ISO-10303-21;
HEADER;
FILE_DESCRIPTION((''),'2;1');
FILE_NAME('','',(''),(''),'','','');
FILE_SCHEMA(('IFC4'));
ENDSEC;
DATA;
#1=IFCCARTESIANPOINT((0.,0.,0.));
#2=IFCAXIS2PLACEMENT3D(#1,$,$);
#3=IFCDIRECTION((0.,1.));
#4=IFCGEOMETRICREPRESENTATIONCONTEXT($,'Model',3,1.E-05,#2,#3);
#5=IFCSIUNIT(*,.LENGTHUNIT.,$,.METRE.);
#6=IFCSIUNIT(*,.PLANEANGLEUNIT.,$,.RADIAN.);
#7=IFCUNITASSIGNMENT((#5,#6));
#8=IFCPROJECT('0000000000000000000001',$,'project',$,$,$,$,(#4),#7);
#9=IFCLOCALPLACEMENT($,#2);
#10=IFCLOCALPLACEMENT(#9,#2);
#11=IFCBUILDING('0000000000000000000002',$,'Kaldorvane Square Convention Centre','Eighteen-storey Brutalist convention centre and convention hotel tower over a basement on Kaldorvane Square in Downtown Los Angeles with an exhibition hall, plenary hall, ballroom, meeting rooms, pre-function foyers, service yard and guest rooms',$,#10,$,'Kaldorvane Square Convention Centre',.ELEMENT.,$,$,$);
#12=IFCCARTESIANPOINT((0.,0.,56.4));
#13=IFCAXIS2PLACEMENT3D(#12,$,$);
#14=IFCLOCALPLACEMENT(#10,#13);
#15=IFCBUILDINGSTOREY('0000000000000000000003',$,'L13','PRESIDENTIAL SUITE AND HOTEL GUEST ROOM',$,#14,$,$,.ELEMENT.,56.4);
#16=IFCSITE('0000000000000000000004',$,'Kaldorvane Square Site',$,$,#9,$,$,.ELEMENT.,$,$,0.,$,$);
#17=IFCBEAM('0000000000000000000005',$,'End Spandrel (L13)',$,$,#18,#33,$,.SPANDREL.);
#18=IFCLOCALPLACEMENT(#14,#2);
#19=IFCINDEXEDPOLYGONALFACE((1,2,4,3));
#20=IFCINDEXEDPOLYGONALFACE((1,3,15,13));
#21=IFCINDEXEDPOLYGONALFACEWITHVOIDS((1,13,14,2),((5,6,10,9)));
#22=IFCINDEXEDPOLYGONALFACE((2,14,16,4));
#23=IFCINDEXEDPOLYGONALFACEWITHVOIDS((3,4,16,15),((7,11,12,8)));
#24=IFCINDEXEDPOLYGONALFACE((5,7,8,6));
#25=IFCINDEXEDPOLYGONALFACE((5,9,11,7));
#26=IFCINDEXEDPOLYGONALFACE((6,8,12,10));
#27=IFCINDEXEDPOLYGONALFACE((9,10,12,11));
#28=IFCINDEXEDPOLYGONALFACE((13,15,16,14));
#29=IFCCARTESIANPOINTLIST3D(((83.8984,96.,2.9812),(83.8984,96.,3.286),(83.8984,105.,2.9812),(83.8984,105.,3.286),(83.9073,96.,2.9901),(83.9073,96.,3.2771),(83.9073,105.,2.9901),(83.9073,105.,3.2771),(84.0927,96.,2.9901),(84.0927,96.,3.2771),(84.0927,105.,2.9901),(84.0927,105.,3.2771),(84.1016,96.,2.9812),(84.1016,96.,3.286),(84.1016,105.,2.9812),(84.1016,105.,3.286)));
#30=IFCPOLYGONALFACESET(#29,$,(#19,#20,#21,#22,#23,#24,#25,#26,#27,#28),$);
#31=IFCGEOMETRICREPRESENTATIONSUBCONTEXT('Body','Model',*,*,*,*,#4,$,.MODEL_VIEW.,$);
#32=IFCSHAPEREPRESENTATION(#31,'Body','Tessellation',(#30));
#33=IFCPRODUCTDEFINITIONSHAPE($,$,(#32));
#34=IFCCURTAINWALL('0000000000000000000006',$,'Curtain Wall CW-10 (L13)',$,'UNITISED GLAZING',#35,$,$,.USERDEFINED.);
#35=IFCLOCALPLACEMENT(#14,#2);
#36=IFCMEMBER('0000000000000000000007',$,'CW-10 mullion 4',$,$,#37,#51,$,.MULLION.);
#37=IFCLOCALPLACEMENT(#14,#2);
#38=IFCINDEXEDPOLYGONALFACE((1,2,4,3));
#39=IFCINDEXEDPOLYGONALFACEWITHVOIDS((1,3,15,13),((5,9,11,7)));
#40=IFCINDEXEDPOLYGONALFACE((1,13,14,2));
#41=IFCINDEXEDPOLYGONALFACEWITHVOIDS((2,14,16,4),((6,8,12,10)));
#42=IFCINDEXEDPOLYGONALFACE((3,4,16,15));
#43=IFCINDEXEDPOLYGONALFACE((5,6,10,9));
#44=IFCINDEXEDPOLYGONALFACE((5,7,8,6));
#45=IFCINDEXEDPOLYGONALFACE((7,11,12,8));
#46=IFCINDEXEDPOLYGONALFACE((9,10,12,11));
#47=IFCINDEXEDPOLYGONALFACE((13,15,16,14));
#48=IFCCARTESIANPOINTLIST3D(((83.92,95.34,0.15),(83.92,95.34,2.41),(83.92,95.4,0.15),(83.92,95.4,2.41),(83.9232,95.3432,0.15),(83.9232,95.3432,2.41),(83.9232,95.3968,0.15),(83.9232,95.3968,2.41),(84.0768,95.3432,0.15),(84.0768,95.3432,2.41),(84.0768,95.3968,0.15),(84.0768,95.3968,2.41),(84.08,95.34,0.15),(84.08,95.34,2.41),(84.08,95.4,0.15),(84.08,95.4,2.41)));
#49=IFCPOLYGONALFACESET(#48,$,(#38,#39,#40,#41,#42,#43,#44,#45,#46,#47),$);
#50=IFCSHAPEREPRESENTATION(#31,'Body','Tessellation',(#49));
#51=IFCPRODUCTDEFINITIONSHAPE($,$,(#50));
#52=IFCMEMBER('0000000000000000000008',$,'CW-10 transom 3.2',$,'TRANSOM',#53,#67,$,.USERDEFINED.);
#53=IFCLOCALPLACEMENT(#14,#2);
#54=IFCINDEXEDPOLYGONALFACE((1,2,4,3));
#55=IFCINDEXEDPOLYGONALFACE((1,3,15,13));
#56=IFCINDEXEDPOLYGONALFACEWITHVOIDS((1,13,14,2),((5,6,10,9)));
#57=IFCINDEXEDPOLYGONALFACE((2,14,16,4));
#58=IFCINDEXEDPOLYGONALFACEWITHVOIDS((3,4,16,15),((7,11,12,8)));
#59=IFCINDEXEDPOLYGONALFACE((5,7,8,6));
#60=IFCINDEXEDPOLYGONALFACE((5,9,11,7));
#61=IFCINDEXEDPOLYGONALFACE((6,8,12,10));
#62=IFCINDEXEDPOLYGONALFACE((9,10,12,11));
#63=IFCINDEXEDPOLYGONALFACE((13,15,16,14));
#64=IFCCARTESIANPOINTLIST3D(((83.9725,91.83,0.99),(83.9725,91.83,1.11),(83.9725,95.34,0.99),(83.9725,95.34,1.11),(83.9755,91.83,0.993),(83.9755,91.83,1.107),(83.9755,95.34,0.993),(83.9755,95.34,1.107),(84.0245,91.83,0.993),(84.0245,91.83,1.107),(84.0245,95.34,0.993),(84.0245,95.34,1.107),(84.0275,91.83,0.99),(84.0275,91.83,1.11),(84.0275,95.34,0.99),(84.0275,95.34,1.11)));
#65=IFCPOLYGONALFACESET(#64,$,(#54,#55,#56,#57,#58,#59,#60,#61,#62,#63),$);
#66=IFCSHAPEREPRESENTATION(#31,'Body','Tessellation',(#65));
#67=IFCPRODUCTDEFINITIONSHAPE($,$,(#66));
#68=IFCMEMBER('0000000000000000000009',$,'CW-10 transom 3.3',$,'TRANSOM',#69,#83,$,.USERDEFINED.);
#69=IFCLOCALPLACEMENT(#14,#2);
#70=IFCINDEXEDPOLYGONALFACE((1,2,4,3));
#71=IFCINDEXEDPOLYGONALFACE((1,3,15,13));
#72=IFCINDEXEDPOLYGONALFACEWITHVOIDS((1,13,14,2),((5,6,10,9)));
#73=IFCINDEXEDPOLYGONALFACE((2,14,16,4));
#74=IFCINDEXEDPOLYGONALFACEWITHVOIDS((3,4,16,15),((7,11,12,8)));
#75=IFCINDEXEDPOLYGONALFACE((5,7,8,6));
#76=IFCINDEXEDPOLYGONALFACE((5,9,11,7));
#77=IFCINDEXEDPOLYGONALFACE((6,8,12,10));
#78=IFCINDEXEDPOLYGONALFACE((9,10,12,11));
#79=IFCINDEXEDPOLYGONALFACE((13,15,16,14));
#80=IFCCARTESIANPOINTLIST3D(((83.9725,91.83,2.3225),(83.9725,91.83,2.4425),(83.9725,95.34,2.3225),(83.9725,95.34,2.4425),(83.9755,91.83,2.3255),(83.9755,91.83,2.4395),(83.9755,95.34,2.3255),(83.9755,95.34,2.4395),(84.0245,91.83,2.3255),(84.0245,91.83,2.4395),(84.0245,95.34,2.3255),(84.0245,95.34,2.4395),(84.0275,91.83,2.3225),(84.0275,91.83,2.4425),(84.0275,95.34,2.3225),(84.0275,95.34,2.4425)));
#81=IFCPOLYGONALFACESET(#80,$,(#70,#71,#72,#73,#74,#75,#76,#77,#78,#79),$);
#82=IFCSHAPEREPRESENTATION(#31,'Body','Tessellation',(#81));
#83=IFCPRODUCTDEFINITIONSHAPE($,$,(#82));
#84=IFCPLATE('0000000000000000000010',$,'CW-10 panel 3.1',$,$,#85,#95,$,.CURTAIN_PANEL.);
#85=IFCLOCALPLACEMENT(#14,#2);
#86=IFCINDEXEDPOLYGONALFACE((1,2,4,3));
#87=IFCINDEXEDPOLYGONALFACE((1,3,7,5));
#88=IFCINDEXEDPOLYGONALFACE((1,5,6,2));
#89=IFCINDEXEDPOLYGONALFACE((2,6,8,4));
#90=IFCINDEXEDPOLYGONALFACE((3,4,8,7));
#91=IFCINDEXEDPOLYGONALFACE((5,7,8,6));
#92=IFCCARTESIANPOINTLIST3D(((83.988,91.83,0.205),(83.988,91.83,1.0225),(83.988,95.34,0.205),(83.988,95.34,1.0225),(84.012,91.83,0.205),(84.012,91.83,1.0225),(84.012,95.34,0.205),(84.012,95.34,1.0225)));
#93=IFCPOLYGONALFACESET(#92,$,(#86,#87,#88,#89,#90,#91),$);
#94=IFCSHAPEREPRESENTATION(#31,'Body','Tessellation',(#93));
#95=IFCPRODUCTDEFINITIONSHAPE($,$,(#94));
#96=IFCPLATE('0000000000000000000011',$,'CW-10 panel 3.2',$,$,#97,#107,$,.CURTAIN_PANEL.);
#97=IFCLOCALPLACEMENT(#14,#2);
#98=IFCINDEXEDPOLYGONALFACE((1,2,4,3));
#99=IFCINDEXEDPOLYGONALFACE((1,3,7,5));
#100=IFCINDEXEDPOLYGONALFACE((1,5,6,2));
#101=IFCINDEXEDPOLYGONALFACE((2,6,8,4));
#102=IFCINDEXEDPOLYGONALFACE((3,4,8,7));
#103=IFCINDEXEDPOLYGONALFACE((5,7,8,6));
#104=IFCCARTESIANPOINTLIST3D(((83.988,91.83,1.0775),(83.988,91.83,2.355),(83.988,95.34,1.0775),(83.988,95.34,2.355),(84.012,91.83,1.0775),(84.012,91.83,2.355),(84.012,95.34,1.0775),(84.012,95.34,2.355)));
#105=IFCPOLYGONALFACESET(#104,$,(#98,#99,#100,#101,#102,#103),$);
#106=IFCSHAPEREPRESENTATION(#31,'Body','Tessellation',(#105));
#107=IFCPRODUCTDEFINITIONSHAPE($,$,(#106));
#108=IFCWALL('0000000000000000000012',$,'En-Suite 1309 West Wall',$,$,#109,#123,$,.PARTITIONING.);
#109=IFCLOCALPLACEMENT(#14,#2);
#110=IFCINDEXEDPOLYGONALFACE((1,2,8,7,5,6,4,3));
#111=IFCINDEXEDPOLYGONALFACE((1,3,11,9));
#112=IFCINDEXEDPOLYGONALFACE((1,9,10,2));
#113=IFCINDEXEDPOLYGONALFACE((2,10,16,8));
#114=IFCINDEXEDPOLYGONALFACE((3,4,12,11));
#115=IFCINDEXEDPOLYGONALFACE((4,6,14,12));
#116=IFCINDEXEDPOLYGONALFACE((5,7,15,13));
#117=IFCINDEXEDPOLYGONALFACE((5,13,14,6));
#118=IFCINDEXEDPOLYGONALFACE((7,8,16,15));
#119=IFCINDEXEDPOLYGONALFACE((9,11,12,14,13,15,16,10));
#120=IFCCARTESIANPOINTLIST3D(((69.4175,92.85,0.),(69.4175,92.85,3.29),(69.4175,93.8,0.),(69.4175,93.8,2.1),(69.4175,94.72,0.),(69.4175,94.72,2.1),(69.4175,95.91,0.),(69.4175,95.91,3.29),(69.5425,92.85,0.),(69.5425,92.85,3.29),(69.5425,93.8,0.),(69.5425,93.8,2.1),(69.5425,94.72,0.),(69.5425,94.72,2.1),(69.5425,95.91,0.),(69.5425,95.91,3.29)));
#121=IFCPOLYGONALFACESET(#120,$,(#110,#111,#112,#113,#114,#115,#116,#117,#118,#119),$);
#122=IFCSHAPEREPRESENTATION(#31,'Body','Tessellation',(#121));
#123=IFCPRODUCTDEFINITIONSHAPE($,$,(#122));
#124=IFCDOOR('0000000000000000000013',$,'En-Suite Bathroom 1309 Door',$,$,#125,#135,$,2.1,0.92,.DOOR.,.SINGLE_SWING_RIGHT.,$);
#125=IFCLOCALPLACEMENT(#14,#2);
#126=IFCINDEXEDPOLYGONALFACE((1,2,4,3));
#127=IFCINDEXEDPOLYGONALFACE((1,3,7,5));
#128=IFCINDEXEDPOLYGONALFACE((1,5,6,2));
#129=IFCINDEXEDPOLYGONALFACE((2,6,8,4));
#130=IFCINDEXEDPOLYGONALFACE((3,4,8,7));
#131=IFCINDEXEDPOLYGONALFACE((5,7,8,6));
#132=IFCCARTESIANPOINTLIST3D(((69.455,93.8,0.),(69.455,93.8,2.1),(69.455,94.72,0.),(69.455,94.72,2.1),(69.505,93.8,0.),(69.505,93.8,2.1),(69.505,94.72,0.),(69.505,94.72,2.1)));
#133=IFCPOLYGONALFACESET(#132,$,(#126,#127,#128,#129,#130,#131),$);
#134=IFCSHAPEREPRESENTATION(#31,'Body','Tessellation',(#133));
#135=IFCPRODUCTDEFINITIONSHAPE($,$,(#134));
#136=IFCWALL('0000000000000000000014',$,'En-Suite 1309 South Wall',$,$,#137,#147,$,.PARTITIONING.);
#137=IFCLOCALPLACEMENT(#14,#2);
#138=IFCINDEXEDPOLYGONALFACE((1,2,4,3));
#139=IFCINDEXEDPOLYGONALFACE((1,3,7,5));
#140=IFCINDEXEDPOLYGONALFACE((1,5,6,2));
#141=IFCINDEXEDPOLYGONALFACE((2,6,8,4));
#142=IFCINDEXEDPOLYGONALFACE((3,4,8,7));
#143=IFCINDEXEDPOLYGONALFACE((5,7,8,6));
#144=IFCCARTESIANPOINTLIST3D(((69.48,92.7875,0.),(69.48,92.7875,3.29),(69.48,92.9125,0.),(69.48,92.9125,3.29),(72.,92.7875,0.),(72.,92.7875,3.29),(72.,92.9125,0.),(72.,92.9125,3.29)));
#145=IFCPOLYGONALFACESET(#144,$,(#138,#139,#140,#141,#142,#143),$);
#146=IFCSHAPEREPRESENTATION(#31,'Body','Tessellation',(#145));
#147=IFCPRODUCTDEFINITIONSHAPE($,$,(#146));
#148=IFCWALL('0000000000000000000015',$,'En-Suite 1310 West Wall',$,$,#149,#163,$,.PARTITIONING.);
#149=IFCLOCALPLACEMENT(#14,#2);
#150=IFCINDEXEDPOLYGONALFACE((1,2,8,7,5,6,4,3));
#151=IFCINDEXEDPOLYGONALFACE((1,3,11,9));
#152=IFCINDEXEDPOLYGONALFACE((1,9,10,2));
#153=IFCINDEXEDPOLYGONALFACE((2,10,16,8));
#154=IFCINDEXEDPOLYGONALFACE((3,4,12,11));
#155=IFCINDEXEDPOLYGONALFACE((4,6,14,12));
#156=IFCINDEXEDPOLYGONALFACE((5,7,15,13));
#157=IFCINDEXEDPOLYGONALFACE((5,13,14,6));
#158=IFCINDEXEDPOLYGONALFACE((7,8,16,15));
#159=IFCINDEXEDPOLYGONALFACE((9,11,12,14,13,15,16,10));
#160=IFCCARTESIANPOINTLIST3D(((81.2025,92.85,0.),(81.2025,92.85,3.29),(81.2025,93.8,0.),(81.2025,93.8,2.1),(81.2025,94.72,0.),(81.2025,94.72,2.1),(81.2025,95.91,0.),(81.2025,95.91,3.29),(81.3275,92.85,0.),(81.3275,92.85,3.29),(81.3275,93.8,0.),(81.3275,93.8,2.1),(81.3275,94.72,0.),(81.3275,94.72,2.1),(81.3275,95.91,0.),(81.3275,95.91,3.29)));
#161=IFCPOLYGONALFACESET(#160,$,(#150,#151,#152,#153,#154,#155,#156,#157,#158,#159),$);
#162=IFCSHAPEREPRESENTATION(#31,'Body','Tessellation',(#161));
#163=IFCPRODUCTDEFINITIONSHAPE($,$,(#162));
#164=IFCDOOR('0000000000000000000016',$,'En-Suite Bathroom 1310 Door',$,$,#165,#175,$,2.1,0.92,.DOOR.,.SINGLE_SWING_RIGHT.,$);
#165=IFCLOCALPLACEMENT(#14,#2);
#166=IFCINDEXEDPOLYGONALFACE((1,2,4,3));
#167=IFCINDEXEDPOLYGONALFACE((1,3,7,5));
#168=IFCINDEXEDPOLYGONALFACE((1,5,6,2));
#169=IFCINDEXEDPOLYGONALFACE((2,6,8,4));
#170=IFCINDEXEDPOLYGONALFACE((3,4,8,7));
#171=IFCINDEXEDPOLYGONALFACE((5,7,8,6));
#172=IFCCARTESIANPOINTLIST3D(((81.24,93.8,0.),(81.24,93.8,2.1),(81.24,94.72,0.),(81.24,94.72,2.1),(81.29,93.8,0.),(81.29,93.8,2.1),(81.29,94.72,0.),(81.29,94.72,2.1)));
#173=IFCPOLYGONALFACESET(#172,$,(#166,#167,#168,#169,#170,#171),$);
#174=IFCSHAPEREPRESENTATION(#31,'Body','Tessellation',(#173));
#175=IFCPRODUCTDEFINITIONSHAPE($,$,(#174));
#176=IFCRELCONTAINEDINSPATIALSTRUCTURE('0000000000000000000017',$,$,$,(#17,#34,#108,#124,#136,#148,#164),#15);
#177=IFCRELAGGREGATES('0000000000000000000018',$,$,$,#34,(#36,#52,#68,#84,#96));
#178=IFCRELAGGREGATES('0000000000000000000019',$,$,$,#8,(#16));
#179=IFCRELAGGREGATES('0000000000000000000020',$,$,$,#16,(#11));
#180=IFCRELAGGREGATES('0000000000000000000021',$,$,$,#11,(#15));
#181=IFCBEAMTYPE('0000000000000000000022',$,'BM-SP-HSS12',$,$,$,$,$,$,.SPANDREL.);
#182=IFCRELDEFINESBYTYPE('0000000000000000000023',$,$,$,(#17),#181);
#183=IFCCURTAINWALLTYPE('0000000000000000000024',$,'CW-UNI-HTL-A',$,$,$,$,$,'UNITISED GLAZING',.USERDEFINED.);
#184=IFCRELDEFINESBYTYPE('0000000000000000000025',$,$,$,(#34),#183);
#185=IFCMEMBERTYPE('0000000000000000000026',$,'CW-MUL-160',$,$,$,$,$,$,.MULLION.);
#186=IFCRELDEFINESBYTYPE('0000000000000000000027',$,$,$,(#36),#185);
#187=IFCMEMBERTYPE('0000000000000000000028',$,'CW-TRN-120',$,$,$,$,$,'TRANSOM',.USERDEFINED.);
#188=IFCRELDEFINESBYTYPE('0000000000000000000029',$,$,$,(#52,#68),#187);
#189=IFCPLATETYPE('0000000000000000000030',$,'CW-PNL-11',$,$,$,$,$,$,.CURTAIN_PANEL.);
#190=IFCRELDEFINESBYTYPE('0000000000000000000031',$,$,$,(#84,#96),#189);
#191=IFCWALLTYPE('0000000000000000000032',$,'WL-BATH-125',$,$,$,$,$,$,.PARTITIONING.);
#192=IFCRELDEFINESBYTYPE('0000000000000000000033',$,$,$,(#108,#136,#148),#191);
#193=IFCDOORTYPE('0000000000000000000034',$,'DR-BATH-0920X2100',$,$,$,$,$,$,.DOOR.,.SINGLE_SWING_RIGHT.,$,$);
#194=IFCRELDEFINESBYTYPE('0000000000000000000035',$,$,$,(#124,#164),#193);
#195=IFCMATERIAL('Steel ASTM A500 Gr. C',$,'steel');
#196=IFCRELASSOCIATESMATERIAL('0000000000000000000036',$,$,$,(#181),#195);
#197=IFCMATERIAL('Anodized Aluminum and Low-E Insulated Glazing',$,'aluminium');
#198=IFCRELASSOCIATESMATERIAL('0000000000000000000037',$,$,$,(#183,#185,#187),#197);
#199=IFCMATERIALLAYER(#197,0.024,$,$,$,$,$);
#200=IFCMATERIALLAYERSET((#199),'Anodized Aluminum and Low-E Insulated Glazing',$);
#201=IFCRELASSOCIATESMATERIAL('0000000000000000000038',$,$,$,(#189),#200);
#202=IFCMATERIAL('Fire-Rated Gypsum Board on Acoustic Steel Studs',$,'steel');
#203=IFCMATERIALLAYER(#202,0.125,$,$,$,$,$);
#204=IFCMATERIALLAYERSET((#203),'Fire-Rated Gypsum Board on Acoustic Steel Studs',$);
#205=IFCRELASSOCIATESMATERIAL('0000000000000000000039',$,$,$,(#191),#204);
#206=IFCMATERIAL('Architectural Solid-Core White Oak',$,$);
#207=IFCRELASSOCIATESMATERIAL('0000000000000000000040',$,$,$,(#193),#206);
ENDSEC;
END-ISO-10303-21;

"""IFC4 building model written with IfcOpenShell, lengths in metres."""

from ifc_helpers import new_model, si_unit, direction, frame, frame_2d, origin, origin_2d, place, context, subcontext, project, spatial, rectangle, hollow_rectangle, extrude, material, layer, layer_set, material_profile, profile_set, type_object, element, fill, aggregate, save


model = new_model("IFC4")

# Units and contexts
model_context = context("Model", 3, precision=1e-05, world=origin(), true_north=direction((0.0, 1.0)))
body_context = subcontext(model_context, "Body", "Model", "MODEL_VIEW")
ifc_project = project(units=[si_unit("LENGTHUNIT", "METRE"), si_unit("PLANEANGLEUNIT", "RADIAN")], contexts=[model_context])

# Site, building, storey
site_placement = place(None, origin())
site = spatial("IfcSite", under=ifc_project, at=site_placement, Name="Kaldorvane Square Site", CompositionType="ELEMENT", RefElevation=0.0)
building_placement = place(site_placement, origin())
building = spatial("IfcBuilding", under=site, at=building_placement, Name="Kaldorvane Square Convention Centre", Description="Eighteen-storey Brutalist convention centre and convention hotel tower over a basement on Kaldorvane Square in Downtown Los Angeles with an exhibition hall, plenary hall, ballroom, meeting rooms, pre-function foyers, service yard and guest rooms", LongName="Kaldorvane Square Convention Centre", CompositionType="ELEMENT")
storey_placement = place(building_placement, frame((0.0, 0.0, 56.4)))
storey = spatial("IfcBuildingStorey", under=building, at=storey_placement, Name="L13", Description="PRESIDENTIAL SUITE AND HOTEL GUEST ROOM", CompositionType="ELEMENT", Elevation=56.4)

# Beam
ifc_material_1 = material(Name="Steel ASTM A500 Gr. C", Category="steel")
ifc_material_profile_1 = material_profile(ifc_material_1, hollow_rectangle(XDim=0.2032, YDim=0.3048, WallThickness=0.0089, at=origin_2d()), Name="HSS12X8X3/8")
ifc_profile_set_1 = profile_set([ifc_material_profile_1], Name="Steel ASTM A500 Gr. C")
beam_type_1 = type_object("IfcBeamType", Name="BM-SP-HSS12", PredefinedType="SPANDREL", material=ifc_profile_set_1)
beam_1_placement = place(storey_placement, frame((84.0, 96.0, 3.1336), z_axis=(0.0, 1.0, 0.0), x_axis=(-1.0, 0.0, 0.0)))
element("IfcBeam", 1, at=beam_1_placement, inside=storey, type_object=beam_type_1, Name="End Spandrel (L13)", PredefinedType="SPANDREL", context=body_context, shape_type="SweptSolid", body=[
    extrude(hollow_rectangle(XDim=0.2032, YDim=0.3048, WallThickness=0.0089, at=origin_2d()), origin(), (0.0, 0.0, 1.0), 9.0),
])

# Curtain wall, members, plates
ifc_material_2 = material(Name="Anodized Aluminum and Low-E Insulated Glazing", Category="aluminium")
curtain_wall_type = type_object("IfcCurtainWallType", Name="CW-UNI-HTL-A", ElementType="UNITISED GLAZING", PredefinedType="USERDEFINED", material=ifc_material_2)
curtain_wall_placement = place(storey_placement, origin())
curtain_wall = element("IfcCurtainWall", 2, at=curtain_wall_placement, inside=storey, type_object=curtain_wall_type, Name="Curtain Wall CW-10 (L13)", ObjectType="UNITISED GLAZING", PredefinedType="USERDEFINED")
ifc_material_profile_2 = material_profile(ifc_material_2, hollow_rectangle(XDim=0.06, YDim=0.16, WallThickness=0.0032, at=origin_2d()), Name="CWM-160X60")
ifc_profile_set_2 = profile_set([ifc_material_profile_2], Name="Anodized Aluminum and Low-E Insulated Glazing")
member_type_1 = type_object("IfcMemberType", Name="CW-MUL-160", PredefinedType="MULLION", material=ifc_profile_set_2)
member_1_placement = place(storey_placement, frame((84.0, 95.37, 0.15), z_axis=(0.0, 0.0, 1.0), x_axis=(0.0, 1.0, 0.0)))
member_1 = element("IfcMember", 3, at=member_1_placement, type_object=member_type_1, Name="CW-10 mullion 4", PredefinedType="MULLION", context=body_context, shape_type="SweptSolid", body=[
    extrude(hollow_rectangle(XDim=0.06, YDim=0.16, WallThickness=0.0032, at=origin_2d()), origin(), (0.0, 0.0, 1.0), 2.26),
])
ifc_material_profile_3 = material_profile(ifc_material_2, hollow_rectangle(XDim=0.055, YDim=0.12, WallThickness=0.003, at=origin_2d()), Name="CWT-120X55")
ifc_profile_set_3 = profile_set([ifc_material_profile_3], Name="Anodized Aluminum and Low-E Insulated Glazing")
member_type_2 = type_object("IfcMemberType", Name="CW-TRN-120", ElementType="TRANSOM", PredefinedType="USERDEFINED", material=ifc_profile_set_3)
member_2_placement = place(storey_placement, frame((84.0, 91.83, 1.05), z_axis=(0.0, 1.0, 0.0), x_axis=(-1.0, 0.0, 0.0)))
member_2 = element("IfcMember", 4, at=member_2_placement, type_object=member_type_2, Name="CW-10 transom 3.2", ObjectType="TRANSOM", PredefinedType="USERDEFINED", context=body_context, shape_type="SweptSolid", body=[
    extrude(hollow_rectangle(XDim=0.055, YDim=0.12, WallThickness=0.003, at=origin_2d()), origin(), (0.0, 0.0, 1.0), 3.51),
])
member_3_placement = place(storey_placement, frame((84.0, 91.83, 2.3825), z_axis=(0.0, 1.0, 0.0), x_axis=(-1.0, 0.0, 0.0)))
member_3 = element("IfcMember", 5, at=member_3_placement, type_object=member_type_2, Name="CW-10 transom 3.3", ObjectType="TRANSOM", PredefinedType="USERDEFINED", context=body_context, shape_type="SweptSolid", body=[
    extrude(hollow_rectangle(XDim=0.055, YDim=0.12, WallThickness=0.003, at=origin_2d()), origin(), (0.0, 0.0, 1.0), 3.51),
])
ifc_layer_1 = layer(ifc_material_2, 0.024)
ifc_layer_set_1 = layer_set([ifc_layer_1], Name="Anodized Aluminum and Low-E Insulated Glazing")
plate_type = type_object("IfcPlateType", Name="CW-PNL-11", PredefinedType="CURTAIN_PANEL", material=ifc_layer_set_1)
plate_1_placement = place(storey_placement, frame((84.0, 93.585, 0.205), z_axis=(0.0, 0.0, 1.0), x_axis=(0.0, 1.0, 0.0)))
plate_1 = element("IfcPlate", 6, at=plate_1_placement, type_object=plate_type, Name="CW-10 panel 3.1", PredefinedType="CURTAIN_PANEL", context=body_context, shape_type="SweptSolid", body=[
    extrude(rectangle(XDim=3.51, YDim=0.024, at=origin_2d()), origin(), (0.0, 0.0, 1.0), 0.8175),
])
plate_2_placement = place(storey_placement, frame((84.0, 93.585, 1.0775), z_axis=(0.0, 0.0, 1.0), x_axis=(0.0, 1.0, 0.0)))
plate_2 = element("IfcPlate", 7, at=plate_2_placement, type_object=plate_type, Name="CW-10 panel 3.2", PredefinedType="CURTAIN_PANEL", context=body_context, shape_type="SweptSolid", body=[
    extrude(rectangle(XDim=3.51, YDim=0.024, at=origin_2d()), origin(), (0.0, 0.0, 1.0), 1.2775),
])
aggregate(curtain_wall, [member_1, member_2, member_3, plate_1, plate_2])

# Wall, opening, door
ifc_material_3 = material(Name="Fire-Rated Gypsum Board on Acoustic Steel Studs", Category="steel")
ifc_layer_2 = layer(ifc_material_3, 0.125)
ifc_layer_set_2 = layer_set([ifc_layer_2], Name="Fire-Rated Gypsum Board on Acoustic Steel Studs")
wall_type_1 = type_object("IfcWallType", Name="WL-BATH-125", PredefinedType="PARTITIONING", material=ifc_layer_set_2)
wall_1_placement = place(storey_placement, frame((69.48, 92.85, 0.0), z_axis=(0.0, 0.0, 1.0), x_axis=(0.0, 1.0, 0.0)))
wall_1 = element("IfcWall", 8, at=wall_1_placement, inside=storey, type_object=wall_type_1, Name="En-Suite 1309 West Wall", PredefinedType="PARTITIONING", context=body_context, shape_type="SweptSolid", body=[
    extrude(rectangle(XDim=3.06, YDim=0.125, at=frame_2d((1.53, 0.0))), origin(), (0.0, 0.0, 1.0), 3.29),
])
opening_1_placement = place(wall_1_placement, frame((0.95, 0.0, 0.0)))
opening_1 = element("IfcOpeningElement", 9, at=opening_1_placement, cuts=wall_1, PredefinedType="OPENING", context=body_context, shape_type="SweptSolid", body=[
    extrude(rectangle(XDim=0.92, YDim=2.1, at=frame_2d((0.46, 1.05))), frame((0.0, 0.0775, 0.0), z_axis=(0.0, -1.0, 0.0), x_axis=(1.0, 0.0, 0.0)), (0.0, 0.0, 1.0), 0.155),
])
ifc_material_4 = material(Name="Architectural Solid-Core White Oak")
door_type_1 = type_object("IfcDoorType", Name="DR-BATH-0920X2100", OperationType="SINGLE_SWING_RIGHT", PredefinedType="DOOR", material=ifc_material_4)
door_1_placement = place(opening_1_placement, origin())
door_1 = element("IfcDoor", 10, at=door_1_placement, inside=storey, type_object=door_type_1, Name="En-Suite Bathroom 1309 Door", OperationType="SINGLE_SWING_RIGHT", OverallHeight=2.1, OverallWidth=0.92, PredefinedType="DOOR", context=body_context, shape_type="SweptSolid", body=[
    extrude(rectangle(XDim=0.92, YDim=2.1, at=frame_2d((0.46, 1.05))), frame((0.0, 0.025, 0.0), z_axis=(0.0, -1.0, 0.0), x_axis=(1.0, 0.0, 0.0)), (0.0, 0.0, 1.0), 0.05),
])
fill(opening_1, door_1)

# Wall
wall_2_placement = place(storey_placement, frame((69.48, 92.85, 0.0), z_axis=(0.0, 0.0, 1.0), x_axis=(1.0, 0.0, 0.0)))
element("IfcWall", 11, at=wall_2_placement, inside=storey, type_object=wall_type_1, Name="En-Suite 1309 South Wall", PredefinedType="PARTITIONING", context=body_context, shape_type="SweptSolid", body=[
    extrude(rectangle(XDim=2.52, YDim=0.125, at=frame_2d((1.26, 0.0))), origin(), (0.0, 0.0, 1.0), 3.29),
])

# Wall, opening, door
wall_3_placement = place(storey_placement, frame((81.265, 92.85, 0.0), z_axis=(0.0, 0.0, 1.0), x_axis=(0.0, 1.0, 0.0)))
wall_3 = element("IfcWall", 12, at=wall_3_placement, inside=storey, type_object=wall_type_1, Name="En-Suite 1310 West Wall", PredefinedType="PARTITIONING", context=body_context, shape_type="SweptSolid", body=[
    extrude(rectangle(XDim=3.06, YDim=0.125, at=frame_2d((1.53, 0.0))), origin(), (0.0, 0.0, 1.0), 3.29),
])
opening_2_placement = place(wall_3_placement, frame((0.95, 0.0, 0.0)))
opening_2 = element("IfcOpeningElement", 13, at=opening_2_placement, cuts=wall_3, PredefinedType="OPENING", context=body_context, shape_type="SweptSolid", body=[
    extrude(rectangle(XDim=0.92, YDim=2.1, at=frame_2d((0.46, 1.05))), frame((0.0, 0.0775, 0.0), z_axis=(0.0, -1.0, 0.0), x_axis=(1.0, 0.0, 0.0)), (0.0, 0.0, 1.0), 0.155),
])
door_2_placement = place(opening_2_placement, origin())
door_2 = element("IfcDoor", 14, at=door_2_placement, inside=storey, type_object=door_type_1, Name="En-Suite Bathroom 1310 Door", OperationType="SINGLE_SWING_RIGHT", OverallHeight=2.1, OverallWidth=0.92, PredefinedType="DOOR", context=body_context, shape_type="SweptSolid", body=[
    extrude(rectangle(XDim=0.92, YDim=2.1, at=frame_2d((0.46, 1.05))), frame((0.0, 0.025, 0.0), z_axis=(0.0, -1.0, 0.0), x_axis=(1.0, 0.0, 0.0)), (0.0, 0.0, 1.0), 0.05),
])
fill(opening_2, door_2)

save(model, "model.ifc")
